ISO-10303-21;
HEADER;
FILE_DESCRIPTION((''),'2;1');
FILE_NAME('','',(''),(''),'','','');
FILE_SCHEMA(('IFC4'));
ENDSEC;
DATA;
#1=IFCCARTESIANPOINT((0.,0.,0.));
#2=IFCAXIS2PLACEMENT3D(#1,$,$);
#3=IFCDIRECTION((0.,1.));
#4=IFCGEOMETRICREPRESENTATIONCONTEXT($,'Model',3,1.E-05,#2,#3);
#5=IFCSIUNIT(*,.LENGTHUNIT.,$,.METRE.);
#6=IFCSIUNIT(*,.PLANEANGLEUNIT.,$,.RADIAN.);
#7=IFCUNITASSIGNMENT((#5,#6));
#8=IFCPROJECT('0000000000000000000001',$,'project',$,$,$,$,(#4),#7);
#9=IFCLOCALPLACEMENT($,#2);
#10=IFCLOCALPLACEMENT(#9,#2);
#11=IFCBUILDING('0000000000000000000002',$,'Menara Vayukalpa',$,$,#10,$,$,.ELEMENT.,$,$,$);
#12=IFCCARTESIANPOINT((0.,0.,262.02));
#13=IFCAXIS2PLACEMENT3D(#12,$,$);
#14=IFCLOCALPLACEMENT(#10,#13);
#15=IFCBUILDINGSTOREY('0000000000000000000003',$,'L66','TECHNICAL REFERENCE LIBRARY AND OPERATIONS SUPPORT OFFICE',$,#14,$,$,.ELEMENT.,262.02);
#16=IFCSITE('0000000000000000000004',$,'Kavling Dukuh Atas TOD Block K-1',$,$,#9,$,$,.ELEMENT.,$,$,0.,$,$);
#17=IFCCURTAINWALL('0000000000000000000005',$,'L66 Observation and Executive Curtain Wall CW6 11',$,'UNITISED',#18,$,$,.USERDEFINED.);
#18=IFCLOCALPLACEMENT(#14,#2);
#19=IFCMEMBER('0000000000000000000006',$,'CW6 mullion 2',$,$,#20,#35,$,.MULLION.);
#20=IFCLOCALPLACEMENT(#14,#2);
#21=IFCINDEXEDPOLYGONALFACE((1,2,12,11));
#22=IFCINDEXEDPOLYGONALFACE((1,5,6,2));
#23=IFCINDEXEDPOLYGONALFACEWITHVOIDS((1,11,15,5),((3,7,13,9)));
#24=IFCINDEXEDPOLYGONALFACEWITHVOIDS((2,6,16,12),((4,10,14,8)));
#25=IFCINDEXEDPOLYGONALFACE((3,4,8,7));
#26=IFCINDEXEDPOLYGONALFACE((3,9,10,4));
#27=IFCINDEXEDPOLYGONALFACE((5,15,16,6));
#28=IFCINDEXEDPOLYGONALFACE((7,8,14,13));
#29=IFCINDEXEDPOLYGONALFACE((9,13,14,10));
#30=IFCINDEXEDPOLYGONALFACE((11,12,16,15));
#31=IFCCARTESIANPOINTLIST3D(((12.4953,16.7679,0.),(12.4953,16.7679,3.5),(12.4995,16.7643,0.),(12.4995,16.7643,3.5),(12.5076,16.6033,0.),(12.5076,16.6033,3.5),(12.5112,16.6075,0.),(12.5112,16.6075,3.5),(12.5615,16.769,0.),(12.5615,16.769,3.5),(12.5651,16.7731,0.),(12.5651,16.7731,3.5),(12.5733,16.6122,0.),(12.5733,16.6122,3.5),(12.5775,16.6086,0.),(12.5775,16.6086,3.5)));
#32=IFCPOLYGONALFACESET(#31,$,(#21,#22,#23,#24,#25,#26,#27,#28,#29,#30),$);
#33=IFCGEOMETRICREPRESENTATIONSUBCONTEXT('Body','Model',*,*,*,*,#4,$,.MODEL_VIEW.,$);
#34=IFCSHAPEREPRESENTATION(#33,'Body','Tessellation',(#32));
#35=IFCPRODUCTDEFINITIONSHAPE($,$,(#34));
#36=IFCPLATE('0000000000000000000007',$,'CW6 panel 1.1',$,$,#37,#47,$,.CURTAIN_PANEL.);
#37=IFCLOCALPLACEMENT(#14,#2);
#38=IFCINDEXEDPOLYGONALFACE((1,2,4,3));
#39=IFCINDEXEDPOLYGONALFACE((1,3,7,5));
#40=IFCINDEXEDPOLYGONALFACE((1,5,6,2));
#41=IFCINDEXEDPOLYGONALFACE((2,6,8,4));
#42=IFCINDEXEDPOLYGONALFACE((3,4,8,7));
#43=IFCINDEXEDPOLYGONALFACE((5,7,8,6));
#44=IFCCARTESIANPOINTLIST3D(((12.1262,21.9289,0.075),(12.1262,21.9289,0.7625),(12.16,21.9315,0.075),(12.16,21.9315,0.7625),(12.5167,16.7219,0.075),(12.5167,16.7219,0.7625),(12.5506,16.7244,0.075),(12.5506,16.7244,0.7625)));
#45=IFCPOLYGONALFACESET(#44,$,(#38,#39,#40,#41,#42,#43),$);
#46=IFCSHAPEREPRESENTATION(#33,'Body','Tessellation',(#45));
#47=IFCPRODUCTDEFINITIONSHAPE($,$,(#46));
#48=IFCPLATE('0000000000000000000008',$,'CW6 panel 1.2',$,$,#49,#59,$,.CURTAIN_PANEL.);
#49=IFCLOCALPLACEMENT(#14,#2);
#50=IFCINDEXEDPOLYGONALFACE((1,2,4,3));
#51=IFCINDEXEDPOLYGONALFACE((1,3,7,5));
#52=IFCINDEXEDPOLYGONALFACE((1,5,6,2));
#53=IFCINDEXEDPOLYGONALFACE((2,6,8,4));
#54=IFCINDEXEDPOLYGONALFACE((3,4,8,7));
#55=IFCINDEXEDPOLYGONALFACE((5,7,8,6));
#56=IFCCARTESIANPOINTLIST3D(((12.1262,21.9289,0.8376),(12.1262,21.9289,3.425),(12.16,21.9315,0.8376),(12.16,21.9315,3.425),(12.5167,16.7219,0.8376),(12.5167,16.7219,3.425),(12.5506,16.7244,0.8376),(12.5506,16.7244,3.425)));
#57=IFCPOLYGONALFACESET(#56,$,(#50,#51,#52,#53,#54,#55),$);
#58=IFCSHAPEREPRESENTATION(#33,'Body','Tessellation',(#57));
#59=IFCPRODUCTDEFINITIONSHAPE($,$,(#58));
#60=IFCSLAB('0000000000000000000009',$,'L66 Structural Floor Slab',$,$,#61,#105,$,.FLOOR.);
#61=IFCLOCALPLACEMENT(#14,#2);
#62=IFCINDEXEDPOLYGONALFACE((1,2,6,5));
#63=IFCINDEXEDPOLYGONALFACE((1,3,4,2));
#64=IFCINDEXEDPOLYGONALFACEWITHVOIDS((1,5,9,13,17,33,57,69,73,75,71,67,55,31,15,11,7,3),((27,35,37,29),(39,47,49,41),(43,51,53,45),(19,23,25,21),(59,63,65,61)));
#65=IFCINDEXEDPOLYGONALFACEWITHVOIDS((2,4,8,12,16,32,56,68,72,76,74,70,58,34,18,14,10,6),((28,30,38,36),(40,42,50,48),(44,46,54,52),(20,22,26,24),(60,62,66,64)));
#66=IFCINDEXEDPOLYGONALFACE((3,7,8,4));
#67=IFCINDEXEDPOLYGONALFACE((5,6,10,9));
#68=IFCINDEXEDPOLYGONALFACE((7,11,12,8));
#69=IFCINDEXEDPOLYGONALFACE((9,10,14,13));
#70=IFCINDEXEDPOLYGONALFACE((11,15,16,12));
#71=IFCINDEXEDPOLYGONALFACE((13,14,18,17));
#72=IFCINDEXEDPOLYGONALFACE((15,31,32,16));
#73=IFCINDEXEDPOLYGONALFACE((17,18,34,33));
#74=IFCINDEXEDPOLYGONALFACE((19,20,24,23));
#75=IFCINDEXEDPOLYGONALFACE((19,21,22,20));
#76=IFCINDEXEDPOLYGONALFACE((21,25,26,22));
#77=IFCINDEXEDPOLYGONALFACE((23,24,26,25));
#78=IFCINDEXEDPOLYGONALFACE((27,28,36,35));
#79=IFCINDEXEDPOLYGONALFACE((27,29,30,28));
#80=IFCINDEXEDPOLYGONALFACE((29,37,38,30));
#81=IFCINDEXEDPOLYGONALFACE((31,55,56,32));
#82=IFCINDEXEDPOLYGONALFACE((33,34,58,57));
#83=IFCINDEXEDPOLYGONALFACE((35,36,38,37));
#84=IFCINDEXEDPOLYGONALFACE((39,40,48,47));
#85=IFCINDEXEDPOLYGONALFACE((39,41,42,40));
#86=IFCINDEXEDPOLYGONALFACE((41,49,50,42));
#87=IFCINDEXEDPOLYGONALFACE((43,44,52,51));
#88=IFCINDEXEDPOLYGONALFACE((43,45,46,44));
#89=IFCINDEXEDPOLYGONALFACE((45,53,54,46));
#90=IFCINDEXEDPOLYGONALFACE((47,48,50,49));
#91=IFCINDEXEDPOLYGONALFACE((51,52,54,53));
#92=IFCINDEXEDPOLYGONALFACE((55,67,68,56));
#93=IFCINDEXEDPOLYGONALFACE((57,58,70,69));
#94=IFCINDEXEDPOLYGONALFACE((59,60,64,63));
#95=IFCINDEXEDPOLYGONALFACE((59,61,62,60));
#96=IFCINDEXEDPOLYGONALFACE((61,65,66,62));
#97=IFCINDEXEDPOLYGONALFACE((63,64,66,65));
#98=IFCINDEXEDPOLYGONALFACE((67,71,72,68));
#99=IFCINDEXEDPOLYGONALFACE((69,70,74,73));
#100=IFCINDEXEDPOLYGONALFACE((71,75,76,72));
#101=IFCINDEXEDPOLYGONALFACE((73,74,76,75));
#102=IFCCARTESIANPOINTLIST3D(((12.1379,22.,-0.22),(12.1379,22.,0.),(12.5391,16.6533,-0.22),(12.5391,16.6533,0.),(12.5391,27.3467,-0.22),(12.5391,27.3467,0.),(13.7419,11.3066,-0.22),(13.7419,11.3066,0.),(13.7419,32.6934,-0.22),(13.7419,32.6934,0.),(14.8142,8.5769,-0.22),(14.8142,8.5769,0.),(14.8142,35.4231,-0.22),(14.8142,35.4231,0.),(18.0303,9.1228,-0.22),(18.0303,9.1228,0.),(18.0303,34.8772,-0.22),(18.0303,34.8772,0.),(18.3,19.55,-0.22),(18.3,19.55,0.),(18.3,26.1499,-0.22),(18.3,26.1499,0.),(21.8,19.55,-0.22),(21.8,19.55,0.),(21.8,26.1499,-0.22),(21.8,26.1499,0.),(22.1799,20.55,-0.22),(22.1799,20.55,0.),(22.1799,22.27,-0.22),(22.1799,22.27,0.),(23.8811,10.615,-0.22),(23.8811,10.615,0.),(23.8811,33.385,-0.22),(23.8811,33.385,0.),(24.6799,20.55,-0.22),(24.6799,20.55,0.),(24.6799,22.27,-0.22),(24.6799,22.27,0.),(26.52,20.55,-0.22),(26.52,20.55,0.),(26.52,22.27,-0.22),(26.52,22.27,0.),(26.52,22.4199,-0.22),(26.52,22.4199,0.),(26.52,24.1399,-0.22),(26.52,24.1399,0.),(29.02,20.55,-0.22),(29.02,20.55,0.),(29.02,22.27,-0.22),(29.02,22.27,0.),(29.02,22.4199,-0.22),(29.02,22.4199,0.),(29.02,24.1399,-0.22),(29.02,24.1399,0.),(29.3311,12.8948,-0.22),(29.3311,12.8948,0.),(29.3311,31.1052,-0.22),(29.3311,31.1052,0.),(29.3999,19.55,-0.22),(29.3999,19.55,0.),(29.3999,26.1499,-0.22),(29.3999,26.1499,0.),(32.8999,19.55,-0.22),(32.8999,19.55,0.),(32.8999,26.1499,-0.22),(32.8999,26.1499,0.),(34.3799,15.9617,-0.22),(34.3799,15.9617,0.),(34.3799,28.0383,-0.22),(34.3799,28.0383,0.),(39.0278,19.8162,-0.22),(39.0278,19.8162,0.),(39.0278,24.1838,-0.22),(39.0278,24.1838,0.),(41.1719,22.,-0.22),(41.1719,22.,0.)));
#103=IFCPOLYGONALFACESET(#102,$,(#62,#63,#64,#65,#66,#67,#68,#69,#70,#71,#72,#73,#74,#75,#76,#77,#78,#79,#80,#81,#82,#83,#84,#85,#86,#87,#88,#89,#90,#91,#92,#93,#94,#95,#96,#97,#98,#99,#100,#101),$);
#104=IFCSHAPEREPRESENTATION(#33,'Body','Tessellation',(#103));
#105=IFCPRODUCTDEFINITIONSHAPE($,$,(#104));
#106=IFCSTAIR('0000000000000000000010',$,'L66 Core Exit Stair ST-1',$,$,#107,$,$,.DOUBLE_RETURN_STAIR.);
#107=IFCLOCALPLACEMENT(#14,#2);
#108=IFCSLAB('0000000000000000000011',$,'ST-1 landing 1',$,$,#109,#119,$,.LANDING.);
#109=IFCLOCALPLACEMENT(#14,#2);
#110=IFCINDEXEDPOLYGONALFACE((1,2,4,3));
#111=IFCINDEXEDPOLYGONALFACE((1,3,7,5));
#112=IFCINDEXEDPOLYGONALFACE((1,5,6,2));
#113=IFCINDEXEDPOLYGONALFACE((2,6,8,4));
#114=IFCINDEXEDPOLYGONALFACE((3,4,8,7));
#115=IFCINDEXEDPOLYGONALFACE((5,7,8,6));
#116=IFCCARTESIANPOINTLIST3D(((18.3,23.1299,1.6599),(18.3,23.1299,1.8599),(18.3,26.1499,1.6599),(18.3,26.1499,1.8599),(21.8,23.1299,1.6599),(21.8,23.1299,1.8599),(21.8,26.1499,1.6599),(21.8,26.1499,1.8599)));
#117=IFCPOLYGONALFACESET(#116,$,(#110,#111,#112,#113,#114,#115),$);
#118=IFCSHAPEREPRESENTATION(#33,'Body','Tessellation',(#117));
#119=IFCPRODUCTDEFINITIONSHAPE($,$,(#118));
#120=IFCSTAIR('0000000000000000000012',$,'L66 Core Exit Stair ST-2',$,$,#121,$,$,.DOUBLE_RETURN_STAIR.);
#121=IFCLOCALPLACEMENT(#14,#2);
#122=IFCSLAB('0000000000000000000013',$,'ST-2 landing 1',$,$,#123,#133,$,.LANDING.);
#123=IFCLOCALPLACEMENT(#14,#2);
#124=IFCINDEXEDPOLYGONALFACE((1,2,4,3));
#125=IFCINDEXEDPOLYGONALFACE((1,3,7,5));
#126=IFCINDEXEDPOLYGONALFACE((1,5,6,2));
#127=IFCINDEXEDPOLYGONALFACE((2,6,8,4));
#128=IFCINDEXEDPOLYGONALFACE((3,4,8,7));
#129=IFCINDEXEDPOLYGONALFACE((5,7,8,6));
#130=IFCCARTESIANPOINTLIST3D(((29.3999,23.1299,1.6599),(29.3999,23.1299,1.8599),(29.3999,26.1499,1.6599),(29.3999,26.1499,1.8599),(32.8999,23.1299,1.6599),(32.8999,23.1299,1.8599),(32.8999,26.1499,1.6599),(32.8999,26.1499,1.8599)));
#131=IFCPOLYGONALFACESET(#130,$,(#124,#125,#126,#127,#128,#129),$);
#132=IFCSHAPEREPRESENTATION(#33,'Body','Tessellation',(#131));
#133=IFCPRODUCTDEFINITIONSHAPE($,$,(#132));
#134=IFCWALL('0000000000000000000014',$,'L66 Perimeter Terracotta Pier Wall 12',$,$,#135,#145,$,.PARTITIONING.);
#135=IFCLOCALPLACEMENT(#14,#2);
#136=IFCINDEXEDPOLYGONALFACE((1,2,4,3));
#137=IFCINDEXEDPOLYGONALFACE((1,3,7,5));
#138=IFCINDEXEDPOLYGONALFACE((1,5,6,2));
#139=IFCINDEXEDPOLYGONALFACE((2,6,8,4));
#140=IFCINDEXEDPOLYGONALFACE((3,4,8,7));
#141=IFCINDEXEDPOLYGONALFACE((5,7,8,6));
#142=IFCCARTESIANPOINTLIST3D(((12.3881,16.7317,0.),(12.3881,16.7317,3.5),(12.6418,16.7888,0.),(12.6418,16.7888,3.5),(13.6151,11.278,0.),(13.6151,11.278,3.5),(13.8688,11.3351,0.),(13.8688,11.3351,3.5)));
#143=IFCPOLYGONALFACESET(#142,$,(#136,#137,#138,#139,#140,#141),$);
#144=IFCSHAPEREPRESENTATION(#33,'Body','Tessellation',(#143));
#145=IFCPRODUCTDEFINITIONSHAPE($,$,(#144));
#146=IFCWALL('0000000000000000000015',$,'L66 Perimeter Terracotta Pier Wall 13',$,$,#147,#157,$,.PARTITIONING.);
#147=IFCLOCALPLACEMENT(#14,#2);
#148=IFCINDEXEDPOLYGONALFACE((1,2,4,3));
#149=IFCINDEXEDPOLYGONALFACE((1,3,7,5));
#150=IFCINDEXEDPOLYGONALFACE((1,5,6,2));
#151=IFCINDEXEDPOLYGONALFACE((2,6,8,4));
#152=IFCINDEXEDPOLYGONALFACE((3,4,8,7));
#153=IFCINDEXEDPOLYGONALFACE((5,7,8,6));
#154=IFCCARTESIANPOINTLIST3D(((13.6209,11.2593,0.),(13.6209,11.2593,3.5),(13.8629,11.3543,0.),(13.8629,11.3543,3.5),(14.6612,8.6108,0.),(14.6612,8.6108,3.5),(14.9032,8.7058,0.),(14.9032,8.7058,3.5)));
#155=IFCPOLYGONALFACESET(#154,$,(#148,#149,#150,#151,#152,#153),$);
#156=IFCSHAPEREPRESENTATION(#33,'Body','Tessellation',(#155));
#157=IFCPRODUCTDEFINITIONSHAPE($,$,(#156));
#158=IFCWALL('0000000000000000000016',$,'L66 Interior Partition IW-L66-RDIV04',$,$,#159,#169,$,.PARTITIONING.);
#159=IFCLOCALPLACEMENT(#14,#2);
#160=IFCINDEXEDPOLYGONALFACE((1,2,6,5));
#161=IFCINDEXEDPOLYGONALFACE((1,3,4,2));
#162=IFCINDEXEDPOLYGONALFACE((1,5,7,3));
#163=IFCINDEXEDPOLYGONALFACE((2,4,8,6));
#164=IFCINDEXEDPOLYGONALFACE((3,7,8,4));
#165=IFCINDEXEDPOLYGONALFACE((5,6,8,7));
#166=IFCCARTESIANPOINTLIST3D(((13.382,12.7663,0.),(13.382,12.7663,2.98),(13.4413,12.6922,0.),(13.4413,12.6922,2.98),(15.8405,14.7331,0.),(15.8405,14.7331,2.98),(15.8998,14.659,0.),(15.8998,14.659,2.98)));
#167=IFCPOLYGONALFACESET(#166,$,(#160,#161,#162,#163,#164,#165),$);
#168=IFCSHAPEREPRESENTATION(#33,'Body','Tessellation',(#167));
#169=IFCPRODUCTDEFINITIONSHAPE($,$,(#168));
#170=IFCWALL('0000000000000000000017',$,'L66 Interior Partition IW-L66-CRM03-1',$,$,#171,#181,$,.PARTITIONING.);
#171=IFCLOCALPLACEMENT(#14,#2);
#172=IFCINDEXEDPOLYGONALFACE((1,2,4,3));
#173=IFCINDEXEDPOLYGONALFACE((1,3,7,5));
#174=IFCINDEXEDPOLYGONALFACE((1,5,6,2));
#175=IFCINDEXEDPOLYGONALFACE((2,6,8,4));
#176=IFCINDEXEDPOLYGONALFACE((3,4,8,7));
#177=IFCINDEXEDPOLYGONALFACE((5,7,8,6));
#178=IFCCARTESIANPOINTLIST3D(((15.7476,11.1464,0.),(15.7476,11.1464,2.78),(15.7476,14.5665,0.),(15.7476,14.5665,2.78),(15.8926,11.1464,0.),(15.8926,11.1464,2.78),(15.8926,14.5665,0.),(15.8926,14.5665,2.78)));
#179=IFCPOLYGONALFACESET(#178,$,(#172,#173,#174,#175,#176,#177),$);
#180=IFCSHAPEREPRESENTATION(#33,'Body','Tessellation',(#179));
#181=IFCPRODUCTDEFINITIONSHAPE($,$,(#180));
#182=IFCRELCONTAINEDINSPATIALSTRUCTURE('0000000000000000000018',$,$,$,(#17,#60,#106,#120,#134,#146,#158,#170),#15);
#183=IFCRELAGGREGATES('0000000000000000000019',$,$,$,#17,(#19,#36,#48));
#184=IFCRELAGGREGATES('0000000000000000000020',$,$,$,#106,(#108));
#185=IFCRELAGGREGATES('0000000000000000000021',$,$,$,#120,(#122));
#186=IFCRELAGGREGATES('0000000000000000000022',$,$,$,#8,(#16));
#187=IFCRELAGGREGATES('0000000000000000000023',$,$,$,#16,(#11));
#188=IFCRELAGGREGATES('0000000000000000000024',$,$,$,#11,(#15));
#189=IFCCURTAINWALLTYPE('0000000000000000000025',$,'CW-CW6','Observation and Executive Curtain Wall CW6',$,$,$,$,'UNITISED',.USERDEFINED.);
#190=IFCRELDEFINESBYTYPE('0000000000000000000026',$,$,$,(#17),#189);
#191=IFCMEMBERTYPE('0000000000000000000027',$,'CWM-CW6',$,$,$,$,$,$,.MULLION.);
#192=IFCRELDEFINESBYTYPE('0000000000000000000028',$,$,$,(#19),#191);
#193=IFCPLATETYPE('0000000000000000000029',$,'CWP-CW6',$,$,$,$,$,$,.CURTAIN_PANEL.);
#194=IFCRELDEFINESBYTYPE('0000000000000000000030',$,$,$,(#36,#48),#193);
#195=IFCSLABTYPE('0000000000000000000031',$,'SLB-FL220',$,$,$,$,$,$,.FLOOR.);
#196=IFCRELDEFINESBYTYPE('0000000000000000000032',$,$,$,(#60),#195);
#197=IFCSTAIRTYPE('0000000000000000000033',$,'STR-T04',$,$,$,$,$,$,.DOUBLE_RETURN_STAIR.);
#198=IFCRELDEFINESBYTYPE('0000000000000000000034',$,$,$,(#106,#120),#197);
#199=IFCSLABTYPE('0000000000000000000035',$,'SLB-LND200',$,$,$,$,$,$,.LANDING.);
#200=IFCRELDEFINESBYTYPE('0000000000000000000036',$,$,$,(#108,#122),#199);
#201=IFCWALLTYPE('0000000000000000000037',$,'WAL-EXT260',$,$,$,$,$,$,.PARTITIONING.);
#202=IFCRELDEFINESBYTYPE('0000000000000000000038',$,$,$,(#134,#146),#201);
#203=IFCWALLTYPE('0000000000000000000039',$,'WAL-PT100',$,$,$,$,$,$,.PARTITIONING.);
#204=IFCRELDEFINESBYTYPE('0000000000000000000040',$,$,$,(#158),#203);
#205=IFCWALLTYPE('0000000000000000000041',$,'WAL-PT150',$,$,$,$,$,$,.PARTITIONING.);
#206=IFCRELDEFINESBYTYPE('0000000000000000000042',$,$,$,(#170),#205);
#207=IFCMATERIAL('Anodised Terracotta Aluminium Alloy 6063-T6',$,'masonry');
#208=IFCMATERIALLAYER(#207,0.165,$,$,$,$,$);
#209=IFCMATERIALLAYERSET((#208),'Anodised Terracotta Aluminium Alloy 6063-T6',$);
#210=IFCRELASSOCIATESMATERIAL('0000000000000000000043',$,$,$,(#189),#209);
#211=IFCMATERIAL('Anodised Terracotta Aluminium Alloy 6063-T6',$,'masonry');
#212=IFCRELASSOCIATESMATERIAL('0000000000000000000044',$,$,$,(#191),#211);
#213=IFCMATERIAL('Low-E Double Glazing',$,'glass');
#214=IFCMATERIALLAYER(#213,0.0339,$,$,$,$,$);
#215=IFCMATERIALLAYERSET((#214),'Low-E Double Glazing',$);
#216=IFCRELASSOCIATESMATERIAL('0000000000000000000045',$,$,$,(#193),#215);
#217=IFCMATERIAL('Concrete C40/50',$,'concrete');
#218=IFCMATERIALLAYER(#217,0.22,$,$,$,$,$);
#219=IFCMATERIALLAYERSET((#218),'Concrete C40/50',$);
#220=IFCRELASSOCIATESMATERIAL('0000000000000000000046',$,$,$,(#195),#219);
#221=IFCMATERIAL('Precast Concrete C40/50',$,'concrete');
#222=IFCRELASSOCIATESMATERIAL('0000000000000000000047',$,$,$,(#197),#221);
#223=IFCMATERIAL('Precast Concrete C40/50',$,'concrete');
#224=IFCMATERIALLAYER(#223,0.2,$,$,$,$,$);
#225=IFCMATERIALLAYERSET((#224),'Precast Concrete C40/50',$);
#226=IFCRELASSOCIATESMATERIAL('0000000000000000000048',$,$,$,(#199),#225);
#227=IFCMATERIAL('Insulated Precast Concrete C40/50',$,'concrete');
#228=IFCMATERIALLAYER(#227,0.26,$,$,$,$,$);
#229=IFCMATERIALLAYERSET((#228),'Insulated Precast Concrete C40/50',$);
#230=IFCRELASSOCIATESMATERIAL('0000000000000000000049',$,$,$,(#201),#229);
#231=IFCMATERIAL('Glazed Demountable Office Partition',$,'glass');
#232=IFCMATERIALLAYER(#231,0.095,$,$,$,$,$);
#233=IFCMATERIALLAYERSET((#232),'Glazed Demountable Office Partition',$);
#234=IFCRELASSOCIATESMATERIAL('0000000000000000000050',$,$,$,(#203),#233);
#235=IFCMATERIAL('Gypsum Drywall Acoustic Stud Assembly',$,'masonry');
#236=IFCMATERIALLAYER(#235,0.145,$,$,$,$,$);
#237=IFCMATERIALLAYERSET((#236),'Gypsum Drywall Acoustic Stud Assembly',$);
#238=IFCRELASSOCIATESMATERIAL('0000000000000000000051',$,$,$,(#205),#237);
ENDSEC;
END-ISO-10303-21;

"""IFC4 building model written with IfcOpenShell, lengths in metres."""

from ifc_helpers import new_model, si_unit, direction, frame, frame_2d, origin, origin_2d, place, context, subcontext, project, spatial, polyline, rectangle, hollow_rectangle, outline, extrude, material, layer, layer_set, material_profile, profile_set, type_object, element, aggregate, save


model = new_model("IFC4")

# Units and contexts
model_context = context("Model", 3, precision=1e-05, world=origin(), true_north=direction((0.0, 1.0)))
body_context = subcontext(model_context, "Body", "Model", "MODEL_VIEW")
ifc_project = project(units=[si_unit("LENGTHUNIT", "METRE"), si_unit("PLANEANGLEUNIT", "RADIAN")], contexts=[model_context])

# Site, building, storey
site_placement = place(None, origin())
site = spatial("IfcSite", under=ifc_project, at=site_placement, Name="Kavling Dukuh Atas TOD Block K-1", CompositionType="ELEMENT", RefElevation=0.0)
building_placement = place(site_placement, origin())
building = spatial("IfcBuilding", under=site, at=building_placement, Name="Menara Vayukalpa", CompositionType="ELEMENT")
storey_placement = place(building_placement, frame((0.0, 0.0, 262.02)))
storey = spatial("IfcBuildingStorey", under=building, at=storey_placement, Name="L66", Description="TECHNICAL REFERENCE LIBRARY AND OPERATIONS SUPPORT OFFICE", CompositionType="ELEMENT", Elevation=262.02)

# Curtain wall, member, plates
ifc_material_1 = material(Name="Anodised Terracotta Aluminium Alloy 6063-T6", Category="masonry")
ifc_layer_1 = layer(ifc_material_1, 0.165)
ifc_layer_set_1 = layer_set([ifc_layer_1], Name="Anodised Terracotta Aluminium Alloy 6063-T6")
curtain_wall_type = type_object("IfcCurtainWallType", Name="CW-CW6", Description="Observation and Executive Curtain Wall CW6", ElementType="UNITISED", PredefinedType="USERDEFINED", material=ifc_layer_set_1)
curtain_wall_placement = place(storey_placement, origin())
curtain_wall = element("IfcCurtainWall", 1, at=curtain_wall_placement, inside=storey, type_object=curtain_wall_type, Name="L66 Observation and Executive Curtain Wall CW6 11", ObjectType="UNITISED", PredefinedType="USERDEFINED")
ifc_material_2 = material(Name="Anodised Terracotta Aluminium Alloy 6063-T6", Category="masonry")
ifc_material_profile_1 = material_profile(ifc_material_2, hollow_rectangle(XDim=0.0701, YDim=0.165, WallThickness=0.0039, at=origin_2d()), Name="ALU 70x165x4")
ifc_profile_set_1 = profile_set([ifc_material_profile_1], Name="Anodised Terracotta Aluminium Alloy 6063-T6")
member_type = type_object("IfcMemberType", Name="CWM-CW6", PredefinedType="MULLION", material=ifc_profile_set_1)
member_placement = place(storey_placement, frame((12.5364, 16.6882, 0.0), z_axis=(0.0, 0.0, 1.0), x_axis=(0.997199, 0.074789, 0.0)))
member = element("IfcMember", 2, at=member_placement, type_object=member_type, Name="CW6 mullion 2", PredefinedType="MULLION", context=body_context, shape_type="SweptSolid", body=[
    extrude(hollow_rectangle(XDim=0.0701, YDim=0.165, WallThickness=0.0039, at=origin_2d()), origin(), (0.0, 0.0, 1.0), 3.5),
])
ifc_material_3 = material(Name="Low-E Double Glazing", Category="glass")
ifc_layer_2 = layer(ifc_material_3, 0.0339)
ifc_layer_set_2 = layer_set([ifc_layer_2], Name="Low-E Double Glazing")
plate_type = type_object("IfcPlateType", Name="CWP-CW6", PredefinedType="CURTAIN_PANEL", material=ifc_layer_set_2)
plate_1_placement = place(storey_placement, frame((12.3384, 19.3267, 0.075), z_axis=(0.0, 0.0, 1.0), x_axis=(0.074789, -0.997199, 0.0)))
plate_1 = element("IfcPlate", 3, at=plate_1_placement, type_object=plate_type, Name="CW6 panel 1.1", PredefinedType="CURTAIN_PANEL", context=body_context, shape_type="SweptSolid", body=[
    extrude(rectangle(XDim=5.2217, YDim=0.0339, at=origin_2d()), origin(), (0.0, 0.0, 1.0), 0.6875),
])
plate_2_placement = place(storey_placement, frame((12.3384, 19.3267, 0.8376), z_axis=(0.0, 0.0, 1.0), x_axis=(0.074789, -0.997199, 0.0)))
plate_2 = element("IfcPlate", 4, at=plate_2_placement, type_object=plate_type, Name="CW6 panel 1.2", PredefinedType="CURTAIN_PANEL", context=body_context, shape_type="SweptSolid", body=[
    extrude(rectangle(XDim=5.2217, YDim=0.0339, at=origin_2d()), origin(), (0.0, 0.0, 1.0), 2.5874),
])
aggregate(curtain_wall, [member, plate_1, plate_2])

# Slab
ifc_material_4 = material(Name="Concrete C40/50", Category="concrete")
ifc_layer_3 = layer(ifc_material_4, 0.22)
ifc_layer_set_3 = layer_set([ifc_layer_3], Name="Concrete C40/50")
slab_type_1 = type_object("IfcSlabType", Name="SLB-FL220", PredefinedType="FLOOR", material=ifc_layer_set_3)
slab_1_placement = place(storey_placement, frame((0.0, 0.0, -0.22)))
element("IfcSlab", 5, at=slab_1_placement, inside=storey, type_object=slab_type_1, Name="L66 Structural Floor Slab", PredefinedType="FLOOR", context=body_context, shape_type="SweptSolid", body=[
    extrude(outline(polyline([(39.0278, 19.8162), (41.1719, 22.0), (39.0278, 24.1838), (34.3799, 28.0383), (29.3311, 31.1052), (23.8811, 33.385), (18.0303, 34.8772), (14.8142, 35.4231), (13.7419, 32.6934), (12.5391, 27.3467), (12.1379, 22.0), (12.5391, 16.6533), (13.7419, 11.3066), (14.8142, 8.5769), (18.0303, 9.1228), (23.8811, 10.615), (29.3311, 12.8948), (34.3799, 15.9617), (39.0278, 19.8162)]), holes=[polyline([(21.8, 19.55), (21.8, 26.1499), (18.3, 26.1499), (18.3, 19.55), (21.8, 19.55)]), polyline([(32.8999, 19.55), (32.8999, 26.1499), (29.3999, 26.1499), (29.3999, 19.55), (32.8999, 19.55)]), polyline([(22.1799, 20.55), (24.6799, 20.55), (24.6799, 22.27), (22.1799, 22.27), (22.1799, 20.55)]), polyline([(26.52, 20.55), (29.02, 20.55), (29.02, 22.27), (26.52, 22.27), (26.52, 20.55)]), polyline([(26.52, 22.4199), (29.02, 22.4199), (29.02, 24.1399), (26.52, 24.1399), (26.52, 22.4199)])]), origin(), (0.0, 0.0, 1.0), 0.22),
])

# Stairs, slabs
ifc_material_5 = material(Name="Precast Concrete C40/50", Category="concrete")
stair_type = type_object("IfcStairType", Name="STR-T04", PredefinedType="DOUBLE_RETURN_STAIR", material=ifc_material_5)
stair_1_placement = place(storey_placement, origin())
stair_1 = element("IfcStair", 6, at=stair_1_placement, inside=storey, type_object=stair_type, Name="L66 Core Exit Stair ST-1", PredefinedType="DOUBLE_RETURN_STAIR")
ifc_material_6 = material(Name="Precast Concrete C40/50", Category="concrete")
ifc_layer_4 = layer(ifc_material_6, 0.2)
ifc_layer_set_4 = layer_set([ifc_layer_4], Name="Precast Concrete C40/50")
slab_type_2 = type_object("IfcSlabType", Name="SLB-LND200", PredefinedType="LANDING", material=ifc_layer_set_4)
slab_2_placement = place(storey_placement, frame((0.0, 0.0, 1.6599)))
slab_2 = element("IfcSlab", 7, at=slab_2_placement, type_object=slab_type_2, Name="ST-1 landing 1", PredefinedType="LANDING", context=body_context, shape_type="SweptSolid", body=[
    extrude(outline(polyline([(21.8, 23.1299), (21.8, 26.1499), (18.3, 26.1499), (18.3, 23.1299), (21.8, 23.1299)])), origin(), (0.0, 0.0, 1.0), 0.2),
])
aggregate(stair_1, [slab_2])
stair_2_placement = place(storey_placement, origin())
stair_2 = element("IfcStair", 8, at=stair_2_placement, inside=storey, type_object=stair_type, Name="L66 Core Exit Stair ST-2", PredefinedType="DOUBLE_RETURN_STAIR")
slab_3_placement = place(storey_placement, frame((0.0, 0.0, 1.6599)))
slab_3 = element("IfcSlab", 9, at=slab_3_placement, type_object=slab_type_2, Name="ST-2 landing 1", PredefinedType="LANDING", context=body_context, shape_type="SweptSolid", body=[
    extrude(outline(polyline([(32.8999, 23.1299), (32.8999, 26.1499), (29.3999, 26.1499), (29.3999, 23.1299), (32.8999, 23.1299)])), origin(), (0.0, 0.0, 1.0), 0.2),
])
aggregate(stair_2, [slab_3])

# Walls
ifc_material_7 = material(Name="Insulated Precast Concrete C40/50", Category="concrete")
ifc_layer_5 = layer(ifc_material_7, 0.26)
ifc_layer_set_5 = layer_set([ifc_layer_5], Name="Insulated Precast Concrete C40/50")
wall_type_1 = type_object("IfcWallType", Name="WAL-EXT260", PredefinedType="PARTITIONING", material=ifc_layer_set_5)
wall_1_placement = place(storey_placement, frame((13.7419, 11.3066, 0.0), z_axis=(0.0, 0.0, 1.0), x_axis=(-0.219501, 0.975612, 0.0)))
element("IfcWall", 10, at=wall_1_placement, inside=storey, type_object=wall_type_1, Name="L66 Perimeter Terracotta Pier Wall 12", PredefinedType="PARTITIONING", context=body_context, shape_type="SweptSolid", body=[
    extrude(rectangle(XDim=5.5901, YDim=0.26, at=frame_2d((2.7949, 0.0))), origin(), (0.0, 0.0, 1.0), 3.5),
])
wall_2_placement = place(storey_placement, frame((14.7822, 8.6582, 0.0), z_axis=(0.0, 0.0, 1.0), x_axis=(-0.365599, 0.930772, 0.0)))
element("IfcWall", 11, at=wall_2_placement, inside=storey, type_object=wall_type_1, Name="L66 Perimeter Terracotta Pier Wall 13", PredefinedType="PARTITIONING", context=body_context, shape_type="SweptSolid", body=[
    extrude(rectangle(XDim=2.8455, YDim=0.26, at=frame_2d((1.4229, 0.0))), origin(), (0.0, 0.0, 1.0), 3.5),
])
ifc_material_8 = material(Name="Glazed Demountable Office Partition", Category="glass")
ifc_layer_6 = layer(ifc_material_8, 0.095)
ifc_layer_set_6 = layer_set([ifc_layer_6], Name="Glazed Demountable Office Partition")
wall_type_2 = type_object("IfcWallType", Name="WAL-PT100", PredefinedType="PARTITIONING", material=ifc_layer_set_6)
wall_3_placement = place(storey_placement, frame((13.4116, 12.7292, 0.0), z_axis=(0.0, 0.0, 1.0), x_axis=(0.780869, 0.624695, 0.0)))
element("IfcWall", 12, at=wall_3_placement, inside=storey, type_object=wall_type_2, Name="L66 Interior Partition IW-L66-RDIV04", PredefinedType="PARTITIONING", context=body_context, shape_type="SweptSolid", body=[
    extrude(rectangle(XDim=3.1484, YDim=0.095, at=frame_2d((1.5742, 0.0))), origin(), (0.0, 0.0, 1.0), 2.98),
])
ifc_material_9 = material(Name="Gypsum Drywall Acoustic Stud Assembly", Category="masonry")
ifc_layer_7 = layer(ifc_material_9, 0.145)
ifc_layer_set_7 = layer_set([ifc_layer_7], Name="Gypsum Drywall Acoustic Stud Assembly")
wall_type_3 = type_object("IfcWallType", Name="WAL-PT150", PredefinedType="PARTITIONING", material=ifc_layer_set_7)
wall_4_placement = place(storey_placement, frame((15.8201, 14.5664, 0.0), z_axis=(0.0, 0.0, 1.0), x_axis=(0.0, -1.0, 0.0)))
element("IfcWall", 13, at=wall_4_placement, inside=storey, type_object=wall_type_3, Name="L66 Interior Partition IW-L66-CRM03-1", PredefinedType="PARTITIONING", context=body_context, shape_type="SweptSolid", body=[
    extrude(rectangle(XDim=3.4202, YDim=0.145, at=frame_2d((1.71, 0.0))), origin(), (0.0, 0.0, 1.0), 2.78),
])

save(model, "model.ifc")
